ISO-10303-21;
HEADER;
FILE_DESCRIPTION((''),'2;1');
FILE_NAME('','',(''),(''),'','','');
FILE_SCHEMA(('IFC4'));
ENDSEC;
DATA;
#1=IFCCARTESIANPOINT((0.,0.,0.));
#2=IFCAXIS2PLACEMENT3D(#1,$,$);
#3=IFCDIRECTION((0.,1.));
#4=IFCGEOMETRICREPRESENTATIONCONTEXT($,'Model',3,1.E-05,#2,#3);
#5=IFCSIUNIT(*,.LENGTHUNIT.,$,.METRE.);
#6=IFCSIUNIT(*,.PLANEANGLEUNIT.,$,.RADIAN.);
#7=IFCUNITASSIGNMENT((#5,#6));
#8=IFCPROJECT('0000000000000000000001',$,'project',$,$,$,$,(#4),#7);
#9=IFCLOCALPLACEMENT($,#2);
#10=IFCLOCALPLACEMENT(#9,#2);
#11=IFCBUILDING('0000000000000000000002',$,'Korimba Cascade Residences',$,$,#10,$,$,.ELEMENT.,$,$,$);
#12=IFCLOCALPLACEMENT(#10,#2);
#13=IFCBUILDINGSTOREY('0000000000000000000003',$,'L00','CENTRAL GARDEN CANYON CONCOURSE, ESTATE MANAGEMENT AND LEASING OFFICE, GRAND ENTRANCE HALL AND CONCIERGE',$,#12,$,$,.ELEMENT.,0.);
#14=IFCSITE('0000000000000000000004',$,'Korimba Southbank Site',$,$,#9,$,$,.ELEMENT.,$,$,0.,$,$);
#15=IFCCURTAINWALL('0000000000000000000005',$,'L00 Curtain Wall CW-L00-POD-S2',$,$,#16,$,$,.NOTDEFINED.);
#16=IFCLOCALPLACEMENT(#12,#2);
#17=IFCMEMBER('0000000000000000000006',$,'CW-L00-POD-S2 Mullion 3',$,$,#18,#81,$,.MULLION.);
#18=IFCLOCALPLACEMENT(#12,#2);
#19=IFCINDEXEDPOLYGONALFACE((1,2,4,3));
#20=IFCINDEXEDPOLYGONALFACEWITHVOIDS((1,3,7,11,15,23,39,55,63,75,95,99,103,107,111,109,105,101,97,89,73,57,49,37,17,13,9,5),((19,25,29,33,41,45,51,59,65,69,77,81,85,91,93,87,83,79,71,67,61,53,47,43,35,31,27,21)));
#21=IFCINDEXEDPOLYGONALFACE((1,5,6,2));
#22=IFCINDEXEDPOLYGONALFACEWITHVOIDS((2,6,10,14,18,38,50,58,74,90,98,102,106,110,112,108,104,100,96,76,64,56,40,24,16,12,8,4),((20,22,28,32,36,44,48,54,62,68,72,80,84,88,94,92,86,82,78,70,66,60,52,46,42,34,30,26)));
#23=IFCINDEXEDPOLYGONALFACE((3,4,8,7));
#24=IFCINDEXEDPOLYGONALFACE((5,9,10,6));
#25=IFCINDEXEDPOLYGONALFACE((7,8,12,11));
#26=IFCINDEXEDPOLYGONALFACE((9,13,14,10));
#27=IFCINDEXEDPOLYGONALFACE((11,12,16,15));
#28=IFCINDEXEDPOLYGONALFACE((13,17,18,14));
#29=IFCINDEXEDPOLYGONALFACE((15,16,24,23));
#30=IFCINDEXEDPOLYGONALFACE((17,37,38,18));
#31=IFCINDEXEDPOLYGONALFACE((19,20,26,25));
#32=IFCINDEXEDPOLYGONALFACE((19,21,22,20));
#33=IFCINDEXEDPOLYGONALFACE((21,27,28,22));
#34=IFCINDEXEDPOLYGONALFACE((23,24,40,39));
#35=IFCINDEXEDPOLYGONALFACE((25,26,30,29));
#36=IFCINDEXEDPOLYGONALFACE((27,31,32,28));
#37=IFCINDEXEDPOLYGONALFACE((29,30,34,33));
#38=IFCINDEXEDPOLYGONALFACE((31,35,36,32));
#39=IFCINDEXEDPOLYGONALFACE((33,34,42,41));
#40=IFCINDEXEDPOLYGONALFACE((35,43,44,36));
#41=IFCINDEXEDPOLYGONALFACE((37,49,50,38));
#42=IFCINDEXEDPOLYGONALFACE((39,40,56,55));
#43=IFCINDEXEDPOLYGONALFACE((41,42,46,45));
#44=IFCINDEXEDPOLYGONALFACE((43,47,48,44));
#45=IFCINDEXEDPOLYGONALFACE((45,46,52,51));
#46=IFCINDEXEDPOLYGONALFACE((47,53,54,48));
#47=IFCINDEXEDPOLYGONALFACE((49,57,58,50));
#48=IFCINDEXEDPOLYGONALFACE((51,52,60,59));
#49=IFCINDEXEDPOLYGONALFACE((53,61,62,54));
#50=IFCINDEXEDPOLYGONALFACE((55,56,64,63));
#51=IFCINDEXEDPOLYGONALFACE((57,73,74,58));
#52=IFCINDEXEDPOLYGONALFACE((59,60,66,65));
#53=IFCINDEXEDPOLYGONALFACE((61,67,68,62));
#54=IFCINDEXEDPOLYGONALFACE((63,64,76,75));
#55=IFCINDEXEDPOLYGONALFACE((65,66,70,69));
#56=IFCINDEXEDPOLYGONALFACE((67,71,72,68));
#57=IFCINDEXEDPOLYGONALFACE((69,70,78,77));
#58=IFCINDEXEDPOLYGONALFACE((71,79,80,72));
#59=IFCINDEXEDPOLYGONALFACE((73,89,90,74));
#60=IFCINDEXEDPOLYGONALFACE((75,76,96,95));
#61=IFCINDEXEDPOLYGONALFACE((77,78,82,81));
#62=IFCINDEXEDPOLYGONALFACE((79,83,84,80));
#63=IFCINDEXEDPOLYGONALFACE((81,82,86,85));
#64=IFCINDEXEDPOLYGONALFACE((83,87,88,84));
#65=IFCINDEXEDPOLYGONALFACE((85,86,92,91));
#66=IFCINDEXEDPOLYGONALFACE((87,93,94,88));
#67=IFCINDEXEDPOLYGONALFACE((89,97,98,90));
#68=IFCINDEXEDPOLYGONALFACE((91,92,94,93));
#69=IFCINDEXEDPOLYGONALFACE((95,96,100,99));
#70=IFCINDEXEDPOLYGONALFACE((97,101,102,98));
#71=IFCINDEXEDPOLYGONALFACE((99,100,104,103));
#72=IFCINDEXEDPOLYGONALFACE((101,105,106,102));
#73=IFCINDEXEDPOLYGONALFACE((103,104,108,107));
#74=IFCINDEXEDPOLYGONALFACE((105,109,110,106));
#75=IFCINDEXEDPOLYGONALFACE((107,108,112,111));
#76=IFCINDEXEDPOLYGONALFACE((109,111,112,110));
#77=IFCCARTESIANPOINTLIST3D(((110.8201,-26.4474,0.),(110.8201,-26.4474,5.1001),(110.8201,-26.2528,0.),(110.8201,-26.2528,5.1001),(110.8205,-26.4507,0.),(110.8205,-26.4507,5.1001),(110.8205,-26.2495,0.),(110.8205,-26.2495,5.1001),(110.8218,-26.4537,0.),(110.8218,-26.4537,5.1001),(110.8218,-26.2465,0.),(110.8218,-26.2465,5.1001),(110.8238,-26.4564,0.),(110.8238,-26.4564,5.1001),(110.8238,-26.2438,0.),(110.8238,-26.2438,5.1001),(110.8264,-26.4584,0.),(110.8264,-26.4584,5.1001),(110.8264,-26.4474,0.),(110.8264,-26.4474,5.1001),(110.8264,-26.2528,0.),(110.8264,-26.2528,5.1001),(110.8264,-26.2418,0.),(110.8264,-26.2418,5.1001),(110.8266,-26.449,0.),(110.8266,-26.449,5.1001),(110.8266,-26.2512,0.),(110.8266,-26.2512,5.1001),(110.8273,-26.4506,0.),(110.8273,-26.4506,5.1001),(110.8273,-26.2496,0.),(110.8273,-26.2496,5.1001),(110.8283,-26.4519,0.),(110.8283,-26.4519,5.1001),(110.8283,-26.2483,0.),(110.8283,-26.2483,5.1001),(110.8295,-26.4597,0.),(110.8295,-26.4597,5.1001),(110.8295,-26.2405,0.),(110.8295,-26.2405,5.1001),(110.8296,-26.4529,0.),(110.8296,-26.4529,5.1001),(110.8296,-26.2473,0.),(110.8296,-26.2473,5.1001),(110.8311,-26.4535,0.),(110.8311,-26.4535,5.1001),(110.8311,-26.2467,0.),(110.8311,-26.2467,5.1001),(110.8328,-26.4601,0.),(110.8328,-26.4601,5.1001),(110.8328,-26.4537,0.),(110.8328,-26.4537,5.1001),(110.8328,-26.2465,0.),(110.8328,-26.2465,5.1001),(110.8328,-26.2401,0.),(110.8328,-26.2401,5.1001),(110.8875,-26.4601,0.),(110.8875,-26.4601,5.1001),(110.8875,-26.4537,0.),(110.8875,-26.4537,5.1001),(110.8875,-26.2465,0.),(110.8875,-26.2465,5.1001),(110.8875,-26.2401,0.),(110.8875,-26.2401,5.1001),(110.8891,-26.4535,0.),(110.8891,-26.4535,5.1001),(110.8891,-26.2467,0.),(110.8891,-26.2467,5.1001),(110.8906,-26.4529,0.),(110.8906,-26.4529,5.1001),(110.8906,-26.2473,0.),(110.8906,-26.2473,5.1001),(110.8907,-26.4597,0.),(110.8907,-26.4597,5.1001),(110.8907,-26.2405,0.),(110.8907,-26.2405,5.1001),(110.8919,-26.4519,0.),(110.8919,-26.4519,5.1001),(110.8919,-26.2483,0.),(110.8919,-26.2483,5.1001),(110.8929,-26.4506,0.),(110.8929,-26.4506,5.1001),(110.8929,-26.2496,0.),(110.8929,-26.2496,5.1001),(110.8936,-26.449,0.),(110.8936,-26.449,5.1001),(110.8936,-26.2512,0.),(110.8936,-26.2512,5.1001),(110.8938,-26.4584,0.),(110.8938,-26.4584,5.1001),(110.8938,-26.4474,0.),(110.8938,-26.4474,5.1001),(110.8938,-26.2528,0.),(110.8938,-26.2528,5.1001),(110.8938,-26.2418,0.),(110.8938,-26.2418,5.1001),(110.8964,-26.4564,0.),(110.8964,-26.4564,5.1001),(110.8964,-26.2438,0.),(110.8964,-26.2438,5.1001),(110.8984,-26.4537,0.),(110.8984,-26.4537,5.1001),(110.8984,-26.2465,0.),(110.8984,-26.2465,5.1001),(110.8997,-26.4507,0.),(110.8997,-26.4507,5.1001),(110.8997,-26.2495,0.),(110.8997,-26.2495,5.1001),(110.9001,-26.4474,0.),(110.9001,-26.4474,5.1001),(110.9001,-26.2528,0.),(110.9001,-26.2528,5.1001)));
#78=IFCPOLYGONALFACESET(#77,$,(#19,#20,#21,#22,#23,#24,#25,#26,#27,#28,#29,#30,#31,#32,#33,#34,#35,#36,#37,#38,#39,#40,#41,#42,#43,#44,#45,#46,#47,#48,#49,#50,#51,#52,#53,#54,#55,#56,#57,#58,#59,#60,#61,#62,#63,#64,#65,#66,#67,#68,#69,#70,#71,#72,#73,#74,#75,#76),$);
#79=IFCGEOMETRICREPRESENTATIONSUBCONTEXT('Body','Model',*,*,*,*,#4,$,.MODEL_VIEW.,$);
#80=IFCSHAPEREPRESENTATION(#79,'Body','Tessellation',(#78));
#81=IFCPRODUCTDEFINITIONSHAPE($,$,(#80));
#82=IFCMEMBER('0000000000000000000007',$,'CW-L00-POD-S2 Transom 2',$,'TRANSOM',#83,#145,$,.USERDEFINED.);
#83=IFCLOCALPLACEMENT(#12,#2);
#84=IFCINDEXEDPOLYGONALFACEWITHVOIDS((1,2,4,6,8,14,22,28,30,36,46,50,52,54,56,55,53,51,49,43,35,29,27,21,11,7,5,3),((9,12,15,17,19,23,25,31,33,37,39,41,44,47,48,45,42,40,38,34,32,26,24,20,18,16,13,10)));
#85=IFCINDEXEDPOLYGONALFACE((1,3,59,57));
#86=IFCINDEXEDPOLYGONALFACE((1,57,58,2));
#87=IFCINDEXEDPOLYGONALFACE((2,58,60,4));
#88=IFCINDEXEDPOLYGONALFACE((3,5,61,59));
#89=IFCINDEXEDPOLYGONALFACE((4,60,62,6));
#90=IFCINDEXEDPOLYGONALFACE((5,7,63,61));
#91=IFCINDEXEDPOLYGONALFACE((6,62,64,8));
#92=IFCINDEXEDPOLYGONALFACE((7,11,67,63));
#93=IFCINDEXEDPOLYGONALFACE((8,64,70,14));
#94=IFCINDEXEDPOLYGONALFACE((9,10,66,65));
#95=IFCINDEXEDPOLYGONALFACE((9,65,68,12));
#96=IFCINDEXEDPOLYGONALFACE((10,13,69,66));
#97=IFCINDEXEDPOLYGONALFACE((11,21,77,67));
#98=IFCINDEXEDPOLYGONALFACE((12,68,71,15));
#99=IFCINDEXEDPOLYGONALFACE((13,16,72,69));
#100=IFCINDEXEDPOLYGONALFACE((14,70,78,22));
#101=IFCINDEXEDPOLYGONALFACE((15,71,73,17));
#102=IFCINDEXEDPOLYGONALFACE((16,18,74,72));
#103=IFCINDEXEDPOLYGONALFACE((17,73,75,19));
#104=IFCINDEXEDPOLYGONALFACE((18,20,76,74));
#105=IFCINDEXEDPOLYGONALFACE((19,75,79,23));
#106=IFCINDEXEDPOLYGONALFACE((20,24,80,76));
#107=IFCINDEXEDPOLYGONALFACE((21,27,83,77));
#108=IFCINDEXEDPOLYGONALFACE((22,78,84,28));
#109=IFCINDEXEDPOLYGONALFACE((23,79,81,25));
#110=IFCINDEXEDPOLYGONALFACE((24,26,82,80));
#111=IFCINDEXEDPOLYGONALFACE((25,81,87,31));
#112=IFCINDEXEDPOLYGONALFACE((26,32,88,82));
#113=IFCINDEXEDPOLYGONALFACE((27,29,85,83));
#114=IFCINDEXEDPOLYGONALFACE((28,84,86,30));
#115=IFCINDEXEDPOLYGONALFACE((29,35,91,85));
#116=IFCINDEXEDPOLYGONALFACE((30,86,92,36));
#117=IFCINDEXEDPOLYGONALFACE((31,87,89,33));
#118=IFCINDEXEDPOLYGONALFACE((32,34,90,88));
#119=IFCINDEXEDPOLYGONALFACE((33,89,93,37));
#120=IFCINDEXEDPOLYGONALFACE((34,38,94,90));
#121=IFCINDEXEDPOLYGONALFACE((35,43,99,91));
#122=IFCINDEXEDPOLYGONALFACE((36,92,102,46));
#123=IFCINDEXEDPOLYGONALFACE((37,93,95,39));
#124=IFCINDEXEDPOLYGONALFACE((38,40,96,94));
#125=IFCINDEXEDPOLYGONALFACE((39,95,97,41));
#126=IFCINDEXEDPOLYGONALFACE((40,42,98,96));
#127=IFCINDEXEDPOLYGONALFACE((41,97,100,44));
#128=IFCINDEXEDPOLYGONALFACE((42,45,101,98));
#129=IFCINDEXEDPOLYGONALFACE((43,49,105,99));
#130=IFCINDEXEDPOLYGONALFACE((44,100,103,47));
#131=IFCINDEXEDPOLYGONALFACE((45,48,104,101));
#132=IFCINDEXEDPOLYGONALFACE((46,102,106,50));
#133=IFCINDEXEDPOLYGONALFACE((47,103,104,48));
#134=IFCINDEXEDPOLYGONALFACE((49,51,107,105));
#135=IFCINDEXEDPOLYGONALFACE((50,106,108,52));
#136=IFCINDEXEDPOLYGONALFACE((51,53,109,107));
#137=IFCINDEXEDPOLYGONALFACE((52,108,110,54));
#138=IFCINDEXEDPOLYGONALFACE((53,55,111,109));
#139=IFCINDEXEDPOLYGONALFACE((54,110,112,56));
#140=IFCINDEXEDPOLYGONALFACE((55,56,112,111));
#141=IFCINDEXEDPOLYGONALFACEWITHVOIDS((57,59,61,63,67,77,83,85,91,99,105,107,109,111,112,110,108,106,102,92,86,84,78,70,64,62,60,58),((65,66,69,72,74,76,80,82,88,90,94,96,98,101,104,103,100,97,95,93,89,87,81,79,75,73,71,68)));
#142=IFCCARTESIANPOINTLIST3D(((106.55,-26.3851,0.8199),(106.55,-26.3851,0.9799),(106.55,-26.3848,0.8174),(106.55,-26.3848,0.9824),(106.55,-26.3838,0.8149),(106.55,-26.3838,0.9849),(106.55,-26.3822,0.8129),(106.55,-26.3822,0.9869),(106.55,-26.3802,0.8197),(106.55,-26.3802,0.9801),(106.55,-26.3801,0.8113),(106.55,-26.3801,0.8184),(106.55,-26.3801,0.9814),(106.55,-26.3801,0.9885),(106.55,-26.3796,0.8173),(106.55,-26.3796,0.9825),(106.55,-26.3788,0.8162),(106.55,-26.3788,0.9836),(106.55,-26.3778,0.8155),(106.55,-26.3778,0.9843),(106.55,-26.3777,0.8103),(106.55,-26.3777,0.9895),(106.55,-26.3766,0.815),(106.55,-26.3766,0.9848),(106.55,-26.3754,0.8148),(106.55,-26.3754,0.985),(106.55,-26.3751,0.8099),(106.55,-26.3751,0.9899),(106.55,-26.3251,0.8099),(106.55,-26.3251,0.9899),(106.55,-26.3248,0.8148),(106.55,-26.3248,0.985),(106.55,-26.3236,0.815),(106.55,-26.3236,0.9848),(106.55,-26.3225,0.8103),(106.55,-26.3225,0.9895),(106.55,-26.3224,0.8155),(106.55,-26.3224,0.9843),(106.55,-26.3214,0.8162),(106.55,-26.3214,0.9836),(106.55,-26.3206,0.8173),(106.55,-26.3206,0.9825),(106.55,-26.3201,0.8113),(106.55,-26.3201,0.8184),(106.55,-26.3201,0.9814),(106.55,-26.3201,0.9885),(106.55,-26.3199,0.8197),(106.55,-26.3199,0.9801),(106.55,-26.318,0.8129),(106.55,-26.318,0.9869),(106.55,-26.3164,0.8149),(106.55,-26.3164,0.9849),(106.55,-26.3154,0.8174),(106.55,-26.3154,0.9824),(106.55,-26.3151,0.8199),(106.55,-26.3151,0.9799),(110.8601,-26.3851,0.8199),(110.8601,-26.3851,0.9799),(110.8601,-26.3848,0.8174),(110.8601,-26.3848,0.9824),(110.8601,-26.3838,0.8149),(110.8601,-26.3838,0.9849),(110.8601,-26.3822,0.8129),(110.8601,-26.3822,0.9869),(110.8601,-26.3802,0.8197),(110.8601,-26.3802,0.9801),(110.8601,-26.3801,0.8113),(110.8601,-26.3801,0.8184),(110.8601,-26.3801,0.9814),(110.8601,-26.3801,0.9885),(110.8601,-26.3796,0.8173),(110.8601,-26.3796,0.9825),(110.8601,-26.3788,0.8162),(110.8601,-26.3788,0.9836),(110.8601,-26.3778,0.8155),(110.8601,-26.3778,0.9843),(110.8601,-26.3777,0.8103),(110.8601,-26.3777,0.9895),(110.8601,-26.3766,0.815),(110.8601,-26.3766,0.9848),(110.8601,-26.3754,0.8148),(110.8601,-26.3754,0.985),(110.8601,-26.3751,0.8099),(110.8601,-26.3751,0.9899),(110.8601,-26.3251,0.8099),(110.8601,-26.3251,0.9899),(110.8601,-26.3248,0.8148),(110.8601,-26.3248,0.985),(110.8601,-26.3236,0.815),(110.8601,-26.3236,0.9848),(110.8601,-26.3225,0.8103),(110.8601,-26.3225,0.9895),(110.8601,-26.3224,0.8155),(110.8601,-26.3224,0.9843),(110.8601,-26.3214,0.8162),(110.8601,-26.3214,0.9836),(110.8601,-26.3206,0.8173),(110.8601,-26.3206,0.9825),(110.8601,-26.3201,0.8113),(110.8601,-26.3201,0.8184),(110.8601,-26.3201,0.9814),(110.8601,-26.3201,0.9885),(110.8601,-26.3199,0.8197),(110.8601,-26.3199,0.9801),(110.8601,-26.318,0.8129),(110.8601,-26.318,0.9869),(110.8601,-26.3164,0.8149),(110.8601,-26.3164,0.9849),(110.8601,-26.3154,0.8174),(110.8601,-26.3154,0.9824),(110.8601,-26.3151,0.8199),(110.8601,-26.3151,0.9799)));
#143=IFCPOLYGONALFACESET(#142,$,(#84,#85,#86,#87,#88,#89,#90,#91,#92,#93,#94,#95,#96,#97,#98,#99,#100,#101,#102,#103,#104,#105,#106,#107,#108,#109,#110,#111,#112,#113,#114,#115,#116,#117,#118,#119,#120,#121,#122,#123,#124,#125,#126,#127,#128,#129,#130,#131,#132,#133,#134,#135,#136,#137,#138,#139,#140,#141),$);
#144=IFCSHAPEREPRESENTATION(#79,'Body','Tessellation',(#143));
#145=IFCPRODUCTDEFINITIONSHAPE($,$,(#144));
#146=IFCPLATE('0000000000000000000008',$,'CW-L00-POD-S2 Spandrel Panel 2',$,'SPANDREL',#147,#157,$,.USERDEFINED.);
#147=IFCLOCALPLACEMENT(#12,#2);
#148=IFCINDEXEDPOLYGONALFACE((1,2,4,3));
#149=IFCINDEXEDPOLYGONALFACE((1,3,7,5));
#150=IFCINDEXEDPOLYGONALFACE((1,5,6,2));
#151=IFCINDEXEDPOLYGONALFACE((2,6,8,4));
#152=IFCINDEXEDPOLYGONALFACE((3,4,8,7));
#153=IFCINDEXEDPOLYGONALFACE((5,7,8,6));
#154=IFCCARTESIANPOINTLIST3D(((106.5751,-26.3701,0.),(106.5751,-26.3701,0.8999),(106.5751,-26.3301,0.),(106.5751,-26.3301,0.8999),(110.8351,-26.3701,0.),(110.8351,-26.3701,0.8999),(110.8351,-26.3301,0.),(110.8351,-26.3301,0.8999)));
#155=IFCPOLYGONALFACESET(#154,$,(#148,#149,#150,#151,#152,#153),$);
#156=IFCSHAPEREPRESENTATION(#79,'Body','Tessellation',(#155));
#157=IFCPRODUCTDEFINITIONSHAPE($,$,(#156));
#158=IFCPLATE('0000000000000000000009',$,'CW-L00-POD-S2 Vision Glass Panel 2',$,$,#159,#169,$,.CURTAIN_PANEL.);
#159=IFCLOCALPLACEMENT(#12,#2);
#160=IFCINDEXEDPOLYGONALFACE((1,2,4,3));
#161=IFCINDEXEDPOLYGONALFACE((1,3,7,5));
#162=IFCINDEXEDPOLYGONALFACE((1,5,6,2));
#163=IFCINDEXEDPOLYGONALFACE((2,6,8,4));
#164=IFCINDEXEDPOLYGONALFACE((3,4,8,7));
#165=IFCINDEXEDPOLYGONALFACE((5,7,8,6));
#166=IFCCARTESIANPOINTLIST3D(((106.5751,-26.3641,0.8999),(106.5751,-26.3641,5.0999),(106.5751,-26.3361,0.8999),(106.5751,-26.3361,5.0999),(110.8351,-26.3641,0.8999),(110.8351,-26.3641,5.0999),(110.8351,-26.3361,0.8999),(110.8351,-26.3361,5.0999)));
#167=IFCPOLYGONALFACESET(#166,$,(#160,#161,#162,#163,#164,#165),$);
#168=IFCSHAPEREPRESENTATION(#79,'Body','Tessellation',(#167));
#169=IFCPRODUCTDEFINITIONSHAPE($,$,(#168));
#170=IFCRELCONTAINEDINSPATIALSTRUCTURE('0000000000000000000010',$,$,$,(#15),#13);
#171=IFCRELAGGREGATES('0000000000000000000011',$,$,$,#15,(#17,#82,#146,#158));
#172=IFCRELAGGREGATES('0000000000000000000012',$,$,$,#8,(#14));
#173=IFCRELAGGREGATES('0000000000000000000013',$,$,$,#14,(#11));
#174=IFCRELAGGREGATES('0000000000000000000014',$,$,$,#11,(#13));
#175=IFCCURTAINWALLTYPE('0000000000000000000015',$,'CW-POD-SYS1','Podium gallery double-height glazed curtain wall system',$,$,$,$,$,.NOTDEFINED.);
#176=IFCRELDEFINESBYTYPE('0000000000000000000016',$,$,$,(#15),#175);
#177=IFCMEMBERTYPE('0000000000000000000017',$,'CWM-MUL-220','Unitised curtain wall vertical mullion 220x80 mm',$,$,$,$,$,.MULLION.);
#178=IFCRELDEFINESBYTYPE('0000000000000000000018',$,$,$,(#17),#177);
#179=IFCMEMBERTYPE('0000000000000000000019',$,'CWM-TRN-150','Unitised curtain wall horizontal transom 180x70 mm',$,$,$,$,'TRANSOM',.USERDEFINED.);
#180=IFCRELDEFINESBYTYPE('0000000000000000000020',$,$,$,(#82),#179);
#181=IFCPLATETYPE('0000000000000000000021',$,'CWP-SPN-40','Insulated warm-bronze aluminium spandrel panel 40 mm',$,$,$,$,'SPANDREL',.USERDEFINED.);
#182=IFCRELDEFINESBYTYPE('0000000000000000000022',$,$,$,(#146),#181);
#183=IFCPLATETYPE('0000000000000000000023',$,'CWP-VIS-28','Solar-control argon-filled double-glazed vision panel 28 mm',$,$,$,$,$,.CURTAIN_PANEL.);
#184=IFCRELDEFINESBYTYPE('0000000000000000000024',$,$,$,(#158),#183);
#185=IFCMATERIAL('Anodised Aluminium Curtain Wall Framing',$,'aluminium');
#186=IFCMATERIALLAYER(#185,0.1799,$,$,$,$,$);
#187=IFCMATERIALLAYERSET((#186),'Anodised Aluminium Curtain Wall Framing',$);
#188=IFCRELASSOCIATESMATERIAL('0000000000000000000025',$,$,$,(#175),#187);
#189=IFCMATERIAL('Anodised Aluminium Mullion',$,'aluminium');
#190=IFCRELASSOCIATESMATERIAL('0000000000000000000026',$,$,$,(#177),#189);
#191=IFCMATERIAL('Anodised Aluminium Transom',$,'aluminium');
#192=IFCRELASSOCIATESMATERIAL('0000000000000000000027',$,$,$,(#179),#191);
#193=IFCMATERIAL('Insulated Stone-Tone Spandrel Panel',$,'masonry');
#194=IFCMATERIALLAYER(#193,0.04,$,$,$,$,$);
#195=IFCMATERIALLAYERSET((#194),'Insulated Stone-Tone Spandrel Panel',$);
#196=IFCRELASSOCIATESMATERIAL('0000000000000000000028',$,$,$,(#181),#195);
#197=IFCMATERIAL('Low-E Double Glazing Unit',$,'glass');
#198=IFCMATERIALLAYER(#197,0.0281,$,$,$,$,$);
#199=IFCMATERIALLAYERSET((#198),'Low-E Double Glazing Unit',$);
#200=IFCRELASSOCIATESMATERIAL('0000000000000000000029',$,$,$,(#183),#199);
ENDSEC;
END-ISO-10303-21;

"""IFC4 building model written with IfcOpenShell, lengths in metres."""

from ifc_helpers import new_model, si_unit, direction, frame, origin, origin_2d, place, context, subcontext, project, spatial, rectangle, hollow_rectangle, extrude, material, layer, layer_set, material_profile, profile_set, type_object, element, aggregate, save


model = new_model("IFC4")

# Units and contexts
model_context = context("Model", 3, precision=1e-05, world=origin(), true_north=direction((0.0, 1.0)))
body_context = subcontext(model_context, "Body", "Model", "MODEL_VIEW")
ifc_project = project(units=[si_unit("LENGTHUNIT", "METRE"), si_unit("PLANEANGLEUNIT", "RADIAN")], contexts=[model_context])

# Site, building, storey
site_placement = place(None, origin())
site = spatial("IfcSite", under=ifc_project, at=site_placement, Name="Korimba Southbank Site", CompositionType="ELEMENT", RefElevation=0.0)
building_placement = place(site_placement, origin())
building = spatial("IfcBuilding", under=site, at=building_placement, Name="Korimba Cascade Residences", CompositionType="ELEMENT")
storey_placement = place(building_placement, origin())
storey = spatial("IfcBuildingStorey", under=building, at=storey_placement, Name="L00", Description="CENTRAL GARDEN CANYON CONCOURSE, ESTATE MANAGEMENT AND LEASING OFFICE, GRAND ENTRANCE HALL AND CONCIERGE", CompositionType="ELEMENT", Elevation=0.0)

# Curtain wall, members, plates
ifc_material_1 = material(Name="Anodised Aluminium Curtain Wall Framing", Category="aluminium")
ifc_layer_1 = layer(ifc_material_1, 0.1799)
ifc_layer_set_1 = layer_set([ifc_layer_1], Name="Anodised Aluminium Curtain Wall Framing")
curtain_wall_type = type_object("IfcCurtainWallType", Name="CW-POD-SYS1", Description="Podium gallery double-height glazed curtain wall system", PredefinedType="NOTDEFINED", material=ifc_layer_set_1)
curtain_wall_placement = place(storey_placement, origin())
curtain_wall = element("IfcCurtainWall", 1, at=curtain_wall_placement, inside=storey, type_object=curtain_wall_type, Name="L00 Curtain Wall CW-L00-POD-S2", PredefinedType="NOTDEFINED")
ifc_material_2 = material(Name="Anodised Aluminium Mullion", Category="aluminium")
ifc_material_profile_1 = material_profile(ifc_material_2, hollow_rectangle(XDim=0.0801, YDim=0.22, WallThickness=0.0063, InnerFilletRadius=0.0063, OuterFilletRadius=0.0127, at=origin_2d()), Name="Anodised Aluminium Mullion")
ifc_profile_set_1 = profile_set([ifc_material_profile_1], Name="Anodised Aluminium Mullion")
member_type_1 = type_object("IfcMemberType", Name="CWM-MUL-220", Description="Unitised curtain wall vertical mullion 220x80 mm", PredefinedType="MULLION", material=ifc_profile_set_1)
member_1_placement = place(storey_placement, frame((110.8601, -26.3501, 0.0), z_axis=(0.0, 0.0, 1.0), x_axis=(1.0, 0.0, 0.0)))
member_1 = element("IfcMember", 2, at=member_1_placement, type_object=member_type_1, Name="CW-L00-POD-S2 Mullion 3", PredefinedType="MULLION", context=body_context, shape_type="SweptSolid", body=[
    extrude(hollow_rectangle(XDim=0.0801, YDim=0.22, WallThickness=0.0063, InnerFilletRadius=0.0063, OuterFilletRadius=0.0127, at=origin_2d()), origin(), (0.0, 0.0, 1.0), 5.1001),
])
ifc_material_3 = material(Name="Anodised Aluminium Transom", Category="aluminium")
ifc_material_profile_2 = material_profile(ifc_material_3, hollow_rectangle(XDim=0.0701, YDim=0.1799, WallThickness=0.0049, InnerFilletRadius=0.0049, OuterFilletRadius=0.01, at=origin_2d()), Name="Anodised Aluminium Transom")
ifc_profile_set_2 = profile_set([ifc_material_profile_2], Name="Anodised Aluminium Transom")
member_type_2 = type_object("IfcMemberType", Name="CWM-TRN-150", Description="Unitised curtain wall horizontal transom 180x70 mm", ElementType="TRANSOM", PredefinedType="USERDEFINED", material=ifc_profile_set_2)
member_2_placement = place(storey_placement, frame((106.55, -26.3501, 0.8999), z_axis=(1.0, 0.0, 0.0), x_axis=(0.0, 1.0, 0.0)))
member_2 = element("IfcMember", 3, at=member_2_placement, type_object=member_type_2, Name="CW-L00-POD-S2 Transom 2", ObjectType="TRANSOM", PredefinedType="USERDEFINED", context=body_context, shape_type="SweptSolid", body=[
    extrude(hollow_rectangle(XDim=0.0701, YDim=0.1799, WallThickness=0.0049, InnerFilletRadius=0.0049, OuterFilletRadius=0.01, at=origin_2d()), origin(), (0.0, 0.0, 1.0), 4.3101),
])
ifc_material_4 = material(Name="Insulated Stone-Tone Spandrel Panel", Category="masonry")
ifc_layer_2 = layer(ifc_material_4, 0.04)
ifc_layer_set_2 = layer_set([ifc_layer_2], Name="Insulated Stone-Tone Spandrel Panel")
plate_type_1 = type_object("IfcPlateType", Name="CWP-SPN-40", Description="Insulated warm-bronze aluminium spandrel panel 40 mm", ElementType="SPANDREL", PredefinedType="USERDEFINED", material=ifc_layer_set_2)
plate_1_placement = place(storey_placement, frame((108.7051, -26.3501, 0.0), z_axis=(0.0, 0.0, 1.0), x_axis=(1.0, 0.0, 0.0)))
plate_1 = element("IfcPlate", 4, at=plate_1_placement, type_object=plate_type_1, Name="CW-L00-POD-S2 Spandrel Panel 2", ObjectType="SPANDREL", PredefinedType="USERDEFINED", context=body_context, shape_type="SweptSolid", body=[
    extrude(rectangle(XDim=4.26, YDim=0.04, at=origin_2d()), origin(), (0.0, 0.0, 1.0), 0.8999),
])
ifc_material_5 = material(Name="Low-E Double Glazing Unit", Category="glass")
ifc_layer_3 = layer(ifc_material_5, 0.0281)
ifc_layer_set_3 = layer_set([ifc_layer_3], Name="Low-E Double Glazing Unit")
plate_type_2 = type_object("IfcPlateType", Name="CWP-VIS-28", Description="Solar-control argon-filled double-glazed vision panel 28 mm", PredefinedType="CURTAIN_PANEL", material=ifc_layer_set_3)
plate_2_placement = place(storey_placement, frame((108.7051, -26.3501, 0.8999), z_axis=(0.0, 0.0, 1.0), x_axis=(1.0, 0.0, 0.0)))
plate_2 = element("IfcPlate", 5, at=plate_2_placement, type_object=plate_type_2, Name="CW-L00-POD-S2 Vision Glass Panel 2", PredefinedType="CURTAIN_PANEL", context=body_context, shape_type="SweptSolid", body=[
    extrude(rectangle(XDim=4.26, YDim=0.0281, at=origin_2d()), origin(), (0.0, 0.0, 1.0), 4.2),
])
aggregate(curtain_wall, [member_1, member_2, plate_1, plate_2])

save(model, "model.ifc")
